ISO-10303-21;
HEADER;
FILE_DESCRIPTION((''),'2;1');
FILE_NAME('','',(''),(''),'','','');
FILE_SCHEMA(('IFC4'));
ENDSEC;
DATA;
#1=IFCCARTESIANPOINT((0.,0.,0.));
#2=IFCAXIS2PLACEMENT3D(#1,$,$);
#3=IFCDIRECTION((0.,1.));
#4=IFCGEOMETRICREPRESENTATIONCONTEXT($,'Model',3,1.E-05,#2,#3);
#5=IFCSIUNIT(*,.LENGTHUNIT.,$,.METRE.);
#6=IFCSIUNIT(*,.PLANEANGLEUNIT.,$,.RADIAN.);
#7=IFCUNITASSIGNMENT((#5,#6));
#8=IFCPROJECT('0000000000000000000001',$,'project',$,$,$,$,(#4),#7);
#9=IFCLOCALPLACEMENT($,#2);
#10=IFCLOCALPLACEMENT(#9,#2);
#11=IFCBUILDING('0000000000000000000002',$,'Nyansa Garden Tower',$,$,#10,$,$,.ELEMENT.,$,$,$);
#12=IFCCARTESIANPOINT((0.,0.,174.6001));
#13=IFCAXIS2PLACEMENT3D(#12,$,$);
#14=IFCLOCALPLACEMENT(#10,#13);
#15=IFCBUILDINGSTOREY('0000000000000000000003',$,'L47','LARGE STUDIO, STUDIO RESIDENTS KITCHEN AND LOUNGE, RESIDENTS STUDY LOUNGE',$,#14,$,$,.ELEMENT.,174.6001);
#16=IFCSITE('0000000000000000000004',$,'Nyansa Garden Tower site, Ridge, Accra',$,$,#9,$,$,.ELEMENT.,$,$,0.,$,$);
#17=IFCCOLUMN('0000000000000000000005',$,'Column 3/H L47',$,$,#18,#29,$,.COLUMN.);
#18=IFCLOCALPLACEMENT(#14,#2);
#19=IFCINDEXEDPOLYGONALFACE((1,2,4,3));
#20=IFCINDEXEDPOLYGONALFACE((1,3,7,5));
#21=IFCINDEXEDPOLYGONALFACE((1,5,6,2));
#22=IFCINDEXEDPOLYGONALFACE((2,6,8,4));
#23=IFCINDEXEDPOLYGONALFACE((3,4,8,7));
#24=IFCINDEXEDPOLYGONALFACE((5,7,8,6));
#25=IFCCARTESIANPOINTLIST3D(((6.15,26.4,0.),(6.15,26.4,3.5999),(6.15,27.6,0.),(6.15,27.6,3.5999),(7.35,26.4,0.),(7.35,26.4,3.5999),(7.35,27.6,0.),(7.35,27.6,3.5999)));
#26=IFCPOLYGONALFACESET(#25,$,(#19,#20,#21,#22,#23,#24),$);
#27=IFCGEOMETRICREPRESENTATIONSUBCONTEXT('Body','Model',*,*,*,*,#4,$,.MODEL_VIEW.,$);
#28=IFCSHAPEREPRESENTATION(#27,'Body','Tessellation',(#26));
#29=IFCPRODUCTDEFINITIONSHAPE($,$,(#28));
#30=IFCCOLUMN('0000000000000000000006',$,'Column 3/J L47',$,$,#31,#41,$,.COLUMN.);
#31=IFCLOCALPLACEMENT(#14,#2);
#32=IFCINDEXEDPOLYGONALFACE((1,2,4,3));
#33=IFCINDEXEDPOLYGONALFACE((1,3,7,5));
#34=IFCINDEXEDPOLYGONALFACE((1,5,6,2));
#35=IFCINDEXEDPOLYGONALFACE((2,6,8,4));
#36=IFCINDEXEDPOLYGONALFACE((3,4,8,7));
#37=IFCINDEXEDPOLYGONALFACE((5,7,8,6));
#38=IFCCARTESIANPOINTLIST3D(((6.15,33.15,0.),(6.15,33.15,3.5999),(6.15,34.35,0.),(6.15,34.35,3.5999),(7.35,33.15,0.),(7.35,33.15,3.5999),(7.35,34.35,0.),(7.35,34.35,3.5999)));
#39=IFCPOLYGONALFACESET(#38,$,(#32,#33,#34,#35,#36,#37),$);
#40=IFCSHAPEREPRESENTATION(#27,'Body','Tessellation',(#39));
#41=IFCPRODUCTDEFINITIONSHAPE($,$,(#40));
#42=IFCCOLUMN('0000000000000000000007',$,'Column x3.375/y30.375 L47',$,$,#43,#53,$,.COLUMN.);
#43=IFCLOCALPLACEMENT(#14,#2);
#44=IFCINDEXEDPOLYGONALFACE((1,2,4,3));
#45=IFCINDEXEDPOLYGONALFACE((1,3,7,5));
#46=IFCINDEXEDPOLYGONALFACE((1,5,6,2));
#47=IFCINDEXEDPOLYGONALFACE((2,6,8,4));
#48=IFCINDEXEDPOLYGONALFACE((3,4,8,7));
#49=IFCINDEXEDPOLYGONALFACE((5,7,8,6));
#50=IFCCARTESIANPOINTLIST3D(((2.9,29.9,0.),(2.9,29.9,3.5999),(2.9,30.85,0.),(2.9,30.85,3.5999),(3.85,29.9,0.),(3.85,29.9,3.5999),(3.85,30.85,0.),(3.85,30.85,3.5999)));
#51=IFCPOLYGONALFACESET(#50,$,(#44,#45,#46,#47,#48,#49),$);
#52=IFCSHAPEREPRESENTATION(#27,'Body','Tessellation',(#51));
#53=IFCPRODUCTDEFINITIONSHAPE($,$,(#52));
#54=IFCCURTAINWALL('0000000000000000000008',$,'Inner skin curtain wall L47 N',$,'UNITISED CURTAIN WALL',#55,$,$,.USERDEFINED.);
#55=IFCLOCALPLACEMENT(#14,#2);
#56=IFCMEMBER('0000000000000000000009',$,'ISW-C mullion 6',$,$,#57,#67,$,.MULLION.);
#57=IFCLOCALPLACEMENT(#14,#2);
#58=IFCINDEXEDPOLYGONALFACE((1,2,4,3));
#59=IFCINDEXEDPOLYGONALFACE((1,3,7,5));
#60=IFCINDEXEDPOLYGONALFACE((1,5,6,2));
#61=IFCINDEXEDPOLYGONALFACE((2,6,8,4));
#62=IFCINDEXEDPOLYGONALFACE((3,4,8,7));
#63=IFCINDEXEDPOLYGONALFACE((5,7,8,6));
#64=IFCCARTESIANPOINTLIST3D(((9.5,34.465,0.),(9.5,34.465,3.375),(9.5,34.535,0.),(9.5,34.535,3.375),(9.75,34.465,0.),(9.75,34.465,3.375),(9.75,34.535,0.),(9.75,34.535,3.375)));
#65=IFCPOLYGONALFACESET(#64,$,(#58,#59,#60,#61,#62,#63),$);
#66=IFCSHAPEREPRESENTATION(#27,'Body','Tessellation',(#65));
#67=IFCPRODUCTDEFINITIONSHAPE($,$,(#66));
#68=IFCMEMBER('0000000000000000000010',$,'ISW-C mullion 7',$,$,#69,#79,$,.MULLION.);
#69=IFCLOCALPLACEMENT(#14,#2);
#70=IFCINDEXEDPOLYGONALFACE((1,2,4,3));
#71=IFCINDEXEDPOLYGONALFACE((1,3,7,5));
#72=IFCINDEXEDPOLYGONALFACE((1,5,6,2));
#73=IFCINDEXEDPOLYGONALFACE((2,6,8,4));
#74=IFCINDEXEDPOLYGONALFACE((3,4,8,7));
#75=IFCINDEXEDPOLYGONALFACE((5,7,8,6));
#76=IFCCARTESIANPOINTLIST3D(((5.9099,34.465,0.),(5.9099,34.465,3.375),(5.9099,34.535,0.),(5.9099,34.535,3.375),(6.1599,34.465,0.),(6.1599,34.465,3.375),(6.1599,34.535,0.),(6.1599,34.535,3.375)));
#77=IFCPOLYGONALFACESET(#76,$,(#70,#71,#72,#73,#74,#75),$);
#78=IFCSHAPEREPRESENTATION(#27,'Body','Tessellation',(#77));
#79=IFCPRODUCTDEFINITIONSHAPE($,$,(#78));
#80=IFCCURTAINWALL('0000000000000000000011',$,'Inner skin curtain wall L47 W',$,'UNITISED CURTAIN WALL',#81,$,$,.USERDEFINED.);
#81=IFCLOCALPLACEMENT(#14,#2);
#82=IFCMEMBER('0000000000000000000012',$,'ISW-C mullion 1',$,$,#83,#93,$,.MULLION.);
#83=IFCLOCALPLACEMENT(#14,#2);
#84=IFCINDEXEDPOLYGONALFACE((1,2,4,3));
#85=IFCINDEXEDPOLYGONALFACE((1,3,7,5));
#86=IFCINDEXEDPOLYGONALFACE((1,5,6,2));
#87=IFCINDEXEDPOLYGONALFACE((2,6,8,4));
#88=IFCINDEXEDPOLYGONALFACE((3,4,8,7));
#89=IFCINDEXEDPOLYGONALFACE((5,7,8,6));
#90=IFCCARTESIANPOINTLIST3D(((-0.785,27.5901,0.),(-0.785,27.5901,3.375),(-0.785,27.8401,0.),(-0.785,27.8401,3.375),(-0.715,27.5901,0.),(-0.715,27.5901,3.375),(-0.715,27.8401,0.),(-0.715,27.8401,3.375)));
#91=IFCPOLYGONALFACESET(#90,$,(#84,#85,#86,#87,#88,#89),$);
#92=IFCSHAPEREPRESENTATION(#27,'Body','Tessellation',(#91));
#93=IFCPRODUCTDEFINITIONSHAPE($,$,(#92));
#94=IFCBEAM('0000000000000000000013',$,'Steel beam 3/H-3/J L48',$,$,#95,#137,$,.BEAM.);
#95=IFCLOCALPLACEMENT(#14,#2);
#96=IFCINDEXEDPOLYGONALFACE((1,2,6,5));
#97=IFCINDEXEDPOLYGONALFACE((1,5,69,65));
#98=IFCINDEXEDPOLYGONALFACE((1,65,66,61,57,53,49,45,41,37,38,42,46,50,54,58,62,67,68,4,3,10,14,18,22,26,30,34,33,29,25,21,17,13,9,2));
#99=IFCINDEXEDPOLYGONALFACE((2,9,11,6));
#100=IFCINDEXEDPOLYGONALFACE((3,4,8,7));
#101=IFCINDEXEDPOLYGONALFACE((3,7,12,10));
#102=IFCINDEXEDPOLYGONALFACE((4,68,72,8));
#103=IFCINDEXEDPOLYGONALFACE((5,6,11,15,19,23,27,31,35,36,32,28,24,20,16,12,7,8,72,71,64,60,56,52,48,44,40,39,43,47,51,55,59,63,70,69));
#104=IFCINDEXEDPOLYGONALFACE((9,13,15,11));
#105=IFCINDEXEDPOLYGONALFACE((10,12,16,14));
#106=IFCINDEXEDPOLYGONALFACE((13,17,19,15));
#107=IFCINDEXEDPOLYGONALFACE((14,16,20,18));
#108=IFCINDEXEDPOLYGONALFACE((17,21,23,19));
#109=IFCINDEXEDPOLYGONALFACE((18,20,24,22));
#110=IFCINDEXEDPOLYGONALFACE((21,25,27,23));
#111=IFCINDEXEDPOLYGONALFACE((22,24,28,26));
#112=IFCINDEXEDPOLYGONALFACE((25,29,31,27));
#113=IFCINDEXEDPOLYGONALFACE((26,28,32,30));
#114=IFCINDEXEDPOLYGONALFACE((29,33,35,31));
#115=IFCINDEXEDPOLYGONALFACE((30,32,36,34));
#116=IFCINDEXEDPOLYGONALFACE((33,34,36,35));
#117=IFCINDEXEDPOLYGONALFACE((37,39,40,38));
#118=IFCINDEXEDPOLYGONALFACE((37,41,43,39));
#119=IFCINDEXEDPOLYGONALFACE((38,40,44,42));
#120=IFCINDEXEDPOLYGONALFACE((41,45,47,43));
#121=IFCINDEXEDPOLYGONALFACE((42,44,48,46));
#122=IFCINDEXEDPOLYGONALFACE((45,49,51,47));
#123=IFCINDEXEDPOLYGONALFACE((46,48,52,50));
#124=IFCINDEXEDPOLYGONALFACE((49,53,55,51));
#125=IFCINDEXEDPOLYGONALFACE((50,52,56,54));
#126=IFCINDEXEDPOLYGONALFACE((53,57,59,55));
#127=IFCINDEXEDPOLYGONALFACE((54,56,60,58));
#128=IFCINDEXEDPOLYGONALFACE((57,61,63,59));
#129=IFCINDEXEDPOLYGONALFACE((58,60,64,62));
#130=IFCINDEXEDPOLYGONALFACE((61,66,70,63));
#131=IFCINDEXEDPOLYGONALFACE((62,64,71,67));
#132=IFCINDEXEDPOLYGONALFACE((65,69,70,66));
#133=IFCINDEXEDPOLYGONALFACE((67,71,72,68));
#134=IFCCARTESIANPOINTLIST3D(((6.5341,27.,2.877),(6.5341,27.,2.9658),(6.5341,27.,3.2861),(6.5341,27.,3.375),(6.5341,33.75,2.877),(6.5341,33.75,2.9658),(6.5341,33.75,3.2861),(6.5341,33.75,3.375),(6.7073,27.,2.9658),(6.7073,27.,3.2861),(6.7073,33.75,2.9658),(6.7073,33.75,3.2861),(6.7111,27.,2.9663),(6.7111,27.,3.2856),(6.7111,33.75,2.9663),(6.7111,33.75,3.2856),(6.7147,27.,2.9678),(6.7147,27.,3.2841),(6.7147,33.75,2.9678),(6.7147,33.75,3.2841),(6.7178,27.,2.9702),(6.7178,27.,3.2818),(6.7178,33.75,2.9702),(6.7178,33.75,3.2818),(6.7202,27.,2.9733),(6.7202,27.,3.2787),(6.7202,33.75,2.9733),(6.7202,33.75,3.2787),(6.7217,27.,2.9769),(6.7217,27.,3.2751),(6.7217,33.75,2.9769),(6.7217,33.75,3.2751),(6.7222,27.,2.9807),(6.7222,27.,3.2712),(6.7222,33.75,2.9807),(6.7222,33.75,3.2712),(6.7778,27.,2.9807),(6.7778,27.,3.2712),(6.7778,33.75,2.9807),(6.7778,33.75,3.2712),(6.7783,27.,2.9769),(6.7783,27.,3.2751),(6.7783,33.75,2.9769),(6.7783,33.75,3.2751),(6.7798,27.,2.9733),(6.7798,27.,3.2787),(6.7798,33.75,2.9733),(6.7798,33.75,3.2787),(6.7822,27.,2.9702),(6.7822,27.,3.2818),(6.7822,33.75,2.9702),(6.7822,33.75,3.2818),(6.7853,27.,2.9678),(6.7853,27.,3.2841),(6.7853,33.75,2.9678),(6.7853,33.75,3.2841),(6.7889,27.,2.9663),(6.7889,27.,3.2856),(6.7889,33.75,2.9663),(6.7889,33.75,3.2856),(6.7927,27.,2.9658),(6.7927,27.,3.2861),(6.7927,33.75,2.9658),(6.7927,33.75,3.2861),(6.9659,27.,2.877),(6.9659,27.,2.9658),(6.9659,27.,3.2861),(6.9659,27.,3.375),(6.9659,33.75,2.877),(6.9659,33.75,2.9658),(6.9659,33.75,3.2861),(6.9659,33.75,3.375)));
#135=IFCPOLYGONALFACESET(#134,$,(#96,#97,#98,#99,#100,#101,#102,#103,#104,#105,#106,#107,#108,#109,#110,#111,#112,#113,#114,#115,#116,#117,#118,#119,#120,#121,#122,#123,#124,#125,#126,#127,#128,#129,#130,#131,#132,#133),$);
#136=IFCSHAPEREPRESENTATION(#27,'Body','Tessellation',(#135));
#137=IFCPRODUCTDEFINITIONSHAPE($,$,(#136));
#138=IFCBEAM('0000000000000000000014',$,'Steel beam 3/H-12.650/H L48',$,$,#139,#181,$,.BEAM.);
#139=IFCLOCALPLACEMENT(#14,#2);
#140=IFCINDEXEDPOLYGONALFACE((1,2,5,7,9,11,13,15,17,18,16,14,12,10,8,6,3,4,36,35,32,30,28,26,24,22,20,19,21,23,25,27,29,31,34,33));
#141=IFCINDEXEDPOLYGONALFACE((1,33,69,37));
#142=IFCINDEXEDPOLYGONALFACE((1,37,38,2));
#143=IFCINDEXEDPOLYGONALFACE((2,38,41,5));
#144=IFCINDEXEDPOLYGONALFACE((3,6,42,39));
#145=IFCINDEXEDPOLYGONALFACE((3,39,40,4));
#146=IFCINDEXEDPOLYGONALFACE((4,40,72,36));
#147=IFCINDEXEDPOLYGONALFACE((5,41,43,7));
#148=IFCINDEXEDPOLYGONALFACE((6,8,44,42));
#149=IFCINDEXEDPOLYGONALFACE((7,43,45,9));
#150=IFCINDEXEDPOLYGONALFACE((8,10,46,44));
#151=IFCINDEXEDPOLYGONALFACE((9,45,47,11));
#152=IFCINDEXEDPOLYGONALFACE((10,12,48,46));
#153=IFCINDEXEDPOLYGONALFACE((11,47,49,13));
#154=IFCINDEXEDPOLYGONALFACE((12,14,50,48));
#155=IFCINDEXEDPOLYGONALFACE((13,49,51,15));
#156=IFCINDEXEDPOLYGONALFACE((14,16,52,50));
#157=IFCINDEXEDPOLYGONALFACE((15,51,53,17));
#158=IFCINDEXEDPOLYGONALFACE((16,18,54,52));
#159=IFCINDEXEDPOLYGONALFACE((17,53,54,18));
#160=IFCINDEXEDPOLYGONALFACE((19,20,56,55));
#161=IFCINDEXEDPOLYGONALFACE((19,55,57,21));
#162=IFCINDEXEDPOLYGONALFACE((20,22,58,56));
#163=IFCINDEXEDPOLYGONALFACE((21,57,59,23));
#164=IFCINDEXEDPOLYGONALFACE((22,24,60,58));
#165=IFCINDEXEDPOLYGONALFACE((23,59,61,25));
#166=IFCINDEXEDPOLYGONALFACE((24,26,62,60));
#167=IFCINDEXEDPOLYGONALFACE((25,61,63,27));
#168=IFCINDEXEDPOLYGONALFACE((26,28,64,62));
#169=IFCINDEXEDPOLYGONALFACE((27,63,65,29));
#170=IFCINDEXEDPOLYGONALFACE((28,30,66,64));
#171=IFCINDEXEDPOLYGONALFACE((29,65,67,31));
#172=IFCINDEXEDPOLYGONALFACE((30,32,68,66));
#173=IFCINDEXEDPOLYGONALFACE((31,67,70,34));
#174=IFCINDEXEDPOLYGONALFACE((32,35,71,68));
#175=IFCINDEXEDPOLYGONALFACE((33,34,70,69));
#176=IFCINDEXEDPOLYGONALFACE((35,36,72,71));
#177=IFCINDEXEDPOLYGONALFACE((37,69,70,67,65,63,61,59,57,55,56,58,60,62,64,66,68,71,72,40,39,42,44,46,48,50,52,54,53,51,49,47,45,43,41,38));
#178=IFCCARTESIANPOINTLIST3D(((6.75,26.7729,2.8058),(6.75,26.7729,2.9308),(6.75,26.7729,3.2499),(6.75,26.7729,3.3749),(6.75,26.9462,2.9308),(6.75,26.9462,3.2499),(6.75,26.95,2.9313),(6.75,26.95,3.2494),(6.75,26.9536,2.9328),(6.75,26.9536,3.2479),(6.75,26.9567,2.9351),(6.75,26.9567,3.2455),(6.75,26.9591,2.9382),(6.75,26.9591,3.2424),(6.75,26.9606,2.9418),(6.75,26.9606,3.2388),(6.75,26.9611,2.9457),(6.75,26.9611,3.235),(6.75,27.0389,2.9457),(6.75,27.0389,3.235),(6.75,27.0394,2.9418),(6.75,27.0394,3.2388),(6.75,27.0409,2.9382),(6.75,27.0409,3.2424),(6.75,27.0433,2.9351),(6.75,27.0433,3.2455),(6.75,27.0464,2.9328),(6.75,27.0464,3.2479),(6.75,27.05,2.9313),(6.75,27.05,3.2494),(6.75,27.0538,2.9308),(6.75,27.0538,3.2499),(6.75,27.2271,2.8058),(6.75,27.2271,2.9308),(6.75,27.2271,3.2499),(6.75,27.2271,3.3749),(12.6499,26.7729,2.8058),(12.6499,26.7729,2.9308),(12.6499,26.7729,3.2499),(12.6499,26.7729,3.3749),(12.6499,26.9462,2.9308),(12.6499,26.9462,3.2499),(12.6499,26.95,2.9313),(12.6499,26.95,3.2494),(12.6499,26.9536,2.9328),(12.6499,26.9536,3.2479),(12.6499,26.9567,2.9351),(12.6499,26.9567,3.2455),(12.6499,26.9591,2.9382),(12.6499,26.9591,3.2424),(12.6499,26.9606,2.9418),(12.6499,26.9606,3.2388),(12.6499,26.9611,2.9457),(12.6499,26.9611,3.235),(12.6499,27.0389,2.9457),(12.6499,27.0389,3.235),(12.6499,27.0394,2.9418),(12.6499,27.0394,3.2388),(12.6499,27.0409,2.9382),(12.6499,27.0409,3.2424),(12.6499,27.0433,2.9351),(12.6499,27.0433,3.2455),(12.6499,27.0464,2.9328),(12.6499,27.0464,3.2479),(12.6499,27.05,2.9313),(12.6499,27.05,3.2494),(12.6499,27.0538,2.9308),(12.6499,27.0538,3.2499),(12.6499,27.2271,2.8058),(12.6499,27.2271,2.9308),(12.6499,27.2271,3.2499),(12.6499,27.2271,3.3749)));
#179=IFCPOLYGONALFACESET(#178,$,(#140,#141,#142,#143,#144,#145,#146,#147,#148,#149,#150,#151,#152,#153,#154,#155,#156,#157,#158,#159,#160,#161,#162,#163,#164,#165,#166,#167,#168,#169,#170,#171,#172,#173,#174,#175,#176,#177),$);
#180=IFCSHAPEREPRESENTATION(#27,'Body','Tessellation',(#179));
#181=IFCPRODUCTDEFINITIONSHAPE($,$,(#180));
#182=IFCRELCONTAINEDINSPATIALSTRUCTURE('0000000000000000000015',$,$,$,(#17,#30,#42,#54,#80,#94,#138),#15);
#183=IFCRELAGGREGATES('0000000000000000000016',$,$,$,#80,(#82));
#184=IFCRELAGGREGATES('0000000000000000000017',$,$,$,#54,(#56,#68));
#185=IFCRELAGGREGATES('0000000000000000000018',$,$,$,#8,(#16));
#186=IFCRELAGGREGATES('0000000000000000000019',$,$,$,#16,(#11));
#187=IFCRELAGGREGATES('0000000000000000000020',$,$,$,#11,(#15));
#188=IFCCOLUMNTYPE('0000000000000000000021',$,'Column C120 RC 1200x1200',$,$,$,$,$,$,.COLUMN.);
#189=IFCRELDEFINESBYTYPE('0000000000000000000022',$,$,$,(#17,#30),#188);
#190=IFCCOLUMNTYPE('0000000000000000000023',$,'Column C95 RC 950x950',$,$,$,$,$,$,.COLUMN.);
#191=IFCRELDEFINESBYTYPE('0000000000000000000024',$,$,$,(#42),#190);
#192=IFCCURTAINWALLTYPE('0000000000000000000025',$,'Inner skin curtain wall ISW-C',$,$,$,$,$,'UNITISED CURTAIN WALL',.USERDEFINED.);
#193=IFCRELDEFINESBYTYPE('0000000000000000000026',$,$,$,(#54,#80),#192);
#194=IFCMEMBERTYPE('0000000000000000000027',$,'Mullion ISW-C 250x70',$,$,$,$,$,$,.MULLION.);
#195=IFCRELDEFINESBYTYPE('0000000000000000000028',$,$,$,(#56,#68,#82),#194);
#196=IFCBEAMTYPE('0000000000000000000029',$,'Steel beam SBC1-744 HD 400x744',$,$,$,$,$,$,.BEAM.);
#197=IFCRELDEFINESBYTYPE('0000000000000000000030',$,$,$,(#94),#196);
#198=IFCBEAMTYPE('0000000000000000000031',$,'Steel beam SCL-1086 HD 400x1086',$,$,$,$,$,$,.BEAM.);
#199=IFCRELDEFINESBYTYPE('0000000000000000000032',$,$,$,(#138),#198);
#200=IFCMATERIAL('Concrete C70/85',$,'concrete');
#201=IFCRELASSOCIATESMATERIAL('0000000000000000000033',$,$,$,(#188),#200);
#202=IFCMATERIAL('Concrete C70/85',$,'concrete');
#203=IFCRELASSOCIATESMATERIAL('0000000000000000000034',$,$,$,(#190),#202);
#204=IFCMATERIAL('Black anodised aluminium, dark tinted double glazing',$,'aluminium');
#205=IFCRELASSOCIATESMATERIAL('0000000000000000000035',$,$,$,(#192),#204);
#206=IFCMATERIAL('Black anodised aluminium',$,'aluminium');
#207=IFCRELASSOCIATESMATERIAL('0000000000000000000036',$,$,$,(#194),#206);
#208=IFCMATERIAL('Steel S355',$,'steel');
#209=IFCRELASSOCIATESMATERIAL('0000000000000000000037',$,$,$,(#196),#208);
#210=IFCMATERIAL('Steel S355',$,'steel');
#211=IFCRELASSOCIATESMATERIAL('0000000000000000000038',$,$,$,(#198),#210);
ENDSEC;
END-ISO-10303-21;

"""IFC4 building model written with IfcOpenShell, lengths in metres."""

from ifc_helpers import new_model, si_unit, direction, frame, origin, origin_2d, place, context, subcontext, project, spatial, rectangle, i_section, extrude, material, material_profile, profile_set, type_object, element, aggregate, save


model = new_model("IFC4")

# Units and contexts
model_context = context("Model", 3, precision=1e-05, world=origin(), true_north=direction((0.0, 1.0)))
body_context = subcontext(model_context, "Body", "Model", "MODEL_VIEW")
ifc_project = project(units=[si_unit("LENGTHUNIT", "METRE"), si_unit("PLANEANGLEUNIT", "RADIAN")], contexts=[model_context])

# Site, building, storey
site_placement = place(None, origin())
site = spatial("IfcSite", under=ifc_project, at=site_placement, Name="Nyansa Garden Tower site, Ridge, Accra", CompositionType="ELEMENT", RefElevation=0.0)
building_placement = place(site_placement, origin())
building = spatial("IfcBuilding", under=site, at=building_placement, Name="Nyansa Garden Tower", CompositionType="ELEMENT")
storey_placement = place(building_placement, frame((0.0, 0.0, 174.6001)))
storey = spatial("IfcBuildingStorey", under=building, at=storey_placement, Name="L47", Description="LARGE STUDIO, STUDIO RESIDENTS KITCHEN AND LOUNGE, RESIDENTS STUDY LOUNGE", CompositionType="ELEMENT", Elevation=174.6001)

# Columns
ifc_material_1 = material(Name="Concrete C70/85", Category="concrete")
ifc_material_profile_1 = material_profile(ifc_material_1, rectangle(XDim=1.2, YDim=1.2, at=origin_2d()), Name="RC 1200x1200")
ifc_profile_set_1 = profile_set([ifc_material_profile_1], Name="Concrete C70/85")
column_type_1 = type_object("IfcColumnType", Name="Column C120 RC 1200x1200", PredefinedType="COLUMN", material=ifc_profile_set_1)
for number, where, z_axis, x_axis, name in (
    (1, (6.75, 27.0, 0.0), (0.0, 0.0, 1.0), (1.0, 0.0, 0.0), "Column 3/H L47"),
    (2, (6.75, 33.75, 0.0), (0.0, 0.0, 1.0), (1.0, 0.0, 0.0), "Column 3/J L47"),
):
    element("IfcColumn", number, at=place(storey_placement, frame(where, z_axis=z_axis, x_axis=x_axis)), inside=storey, type_object=column_type_1, Name=name, PredefinedType="COLUMN", context=body_context, shape_type="SweptSolid", body=[
        extrude(rectangle(XDim=1.2, YDim=1.2, at=origin_2d()), origin(), (0.0, 0.0, 1.0), 3.5999),
    ])
ifc_material_2 = material(Name="Concrete C70/85", Category="concrete")
ifc_material_profile_2 = material_profile(ifc_material_2, rectangle(XDim=0.95, YDim=0.95, at=origin_2d()), Name="RC 950x950")
ifc_profile_set_2 = profile_set([ifc_material_profile_2], Name="Concrete C70/85")
column_type_2 = type_object("IfcColumnType", Name="Column C95 RC 950x950", PredefinedType="COLUMN", material=ifc_profile_set_2)
column_placement = place(storey_placement, frame((3.375, 30.375, 0.0), z_axis=(0.0, 0.0, 1.0), x_axis=(1.0, 0.0, 0.0)))
element("IfcColumn", 3, at=column_placement, inside=storey, type_object=column_type_2, Name="Column x3.375/y30.375 L47", PredefinedType="COLUMN", context=body_context, shape_type="SweptSolid", body=[
    extrude(rectangle(XDim=0.95, YDim=0.95, at=origin_2d()), origin(), (0.0, 0.0, 1.0), 3.5999),
])

# Curtain wall, members
ifc_material_3 = material(Name="Black anodised aluminium, dark tinted double glazing", Category="aluminium")
curtain_wall_type = type_object("IfcCurtainWallType", Name="Inner skin curtain wall ISW-C", ElementType="UNITISED CURTAIN WALL", PredefinedType="USERDEFINED", material=ifc_material_3)
curtain_wall_1_placement = place(storey_placement, origin())
curtain_wall_1 = element("IfcCurtainWall", 4, at=curtain_wall_1_placement, inside=storey, type_object=curtain_wall_type, Name="Inner skin curtain wall L47 N", ObjectType="UNITISED CURTAIN WALL", PredefinedType="USERDEFINED")
ifc_material_4 = material(Name="Black anodised aluminium", Category="aluminium")
ifc_material_profile_3 = material_profile(ifc_material_4, rectangle(XDim=0.0701, YDim=0.25, at=origin_2d()), Name="Mullion 250x70")
ifc_profile_set_3 = profile_set([ifc_material_profile_3], Name="Black anodised aluminium")
member_type_1 = type_object("IfcMemberType", Name="Mullion ISW-C 250x70", PredefinedType="MULLION", material=ifc_profile_set_3)
member_1_placement = place(storey_placement, frame((9.625, 34.5, 0.0), z_axis=(0.0, 0.0, 1.0), x_axis=(0.0, -1.0, 0.0)))
member_1 = element("IfcMember", 5, at=member_1_placement, type_object=member_type_1, Name="ISW-C mullion 6", PredefinedType="MULLION", context=body_context, shape_type="SweptSolid", body=[
    extrude(rectangle(XDim=0.0701, YDim=0.25, at=origin_2d()), origin(), (0.0, 0.0, 1.0), 3.375),
])
member_2_placement = place(storey_placement, frame((6.0349, 34.5, 0.0), z_axis=(0.0, 0.0, 1.0), x_axis=(0.0, -1.0, 0.0)))
member_2 = element("IfcMember", 6, at=member_2_placement, type_object=member_type_1, Name="ISW-C mullion 7", PredefinedType="MULLION", context=body_context, shape_type="SweptSolid", body=[
    extrude(rectangle(XDim=0.0701, YDim=0.25, at=origin_2d()), origin(), (0.0, 0.0, 1.0), 3.375),
])

# Curtain wall, member
curtain_wall_2_placement = place(storey_placement, origin())
curtain_wall_2 = element("IfcCurtainWall", 7, at=curtain_wall_2_placement, inside=storey, type_object=curtain_wall_type, Name="Inner skin curtain wall L47 W", ObjectType="UNITISED CURTAIN WALL", PredefinedType="USERDEFINED")
member_3_placement = place(storey_placement, frame((-0.75, 27.7151, 0.0), z_axis=(0.0, 0.0, 1.0), x_axis=(1.0, 0.0, 0.0)))
member_3 = element("IfcMember", 8, at=member_3_placement, type_object=member_type_1, Name="ISW-C mullion 1", PredefinedType="MULLION", context=body_context, shape_type="SweptSolid", body=[
    extrude(rectangle(XDim=0.0701, YDim=0.25, at=origin_2d()), origin(), (0.0, 0.0, 1.0), 3.375),
])

# Beams
ifc_material_5 = material(Name="Steel S355", Category="steel")
ifc_material_profile_4 = material_profile(ifc_material_5, i_section(OverallWidth=0.4319, OverallDepth=0.498, WebThickness=0.0557, FlangeThickness=0.0889, FilletRadius=0.0149, at=origin_2d()), Name="HD 400x744")
ifc_profile_set_4 = profile_set([ifc_material_profile_4], Name="Steel S355")
beam_type_1 = type_object("IfcBeamType", Name="Steel beam SBC1-744 HD 400x744", PredefinedType="BEAM", material=ifc_profile_set_4)
beam_1_placement = place(storey_placement, frame((6.75, 27.0, 3.126), z_axis=(0.0, 1.0, 0.0), x_axis=(-1.0, 0.0, 0.0)))
element("IfcBeam", 9, at=beam_1_placement, inside=storey, type_object=beam_type_1, Name="Steel beam 3/H-3/J L48", PredefinedType="BEAM", context=body_context, shape_type="SweptSolid", body=[
    extrude(i_section(OverallWidth=0.4319, OverallDepth=0.498, WebThickness=0.0557, FlangeThickness=0.0889, FilletRadius=0.0149, at=origin_2d()), origin(), (0.0, 0.0, 1.0), 6.75),
])
ifc_material_6 = material(Name="Steel S355", Category="steel")
ifc_material_profile_5 = material_profile(ifc_material_6, i_section(OverallWidth=0.4541, OverallDepth=0.5691, WebThickness=0.0779, FlangeThickness=0.125, FilletRadius=0.0149, at=origin_2d()), Name="HD 400x1086")
ifc_profile_set_5 = profile_set([ifc_material_profile_5], Name="Steel S355")
beam_type_2 = type_object("IfcBeamType", Name="Steel beam SCL-1086 HD 400x1086", PredefinedType="BEAM", material=ifc_profile_set_5)
beam_2_placement = place(storey_placement, frame((6.75, 27.0, 3.0903), z_axis=(1.0, 0.0, 0.0), x_axis=(0.0, 1.0, 0.0)))
element("IfcBeam", 10, at=beam_2_placement, inside=storey, type_object=beam_type_2, Name="Steel beam 3/H-12.650/H L48", PredefinedType="BEAM", context=body_context, shape_type="SweptSolid", body=[
    extrude(i_section(OverallWidth=0.4541, OverallDepth=0.5691, WebThickness=0.0779, FlangeThickness=0.125, FilletRadius=0.0149, at=origin_2d()), origin(), (0.0, 0.0, 1.0), 5.8999),
])

aggregate(curtain_wall_2, [member_3])

aggregate(curtain_wall_1, [member_1, member_2])

save(model, "model.ifc")
